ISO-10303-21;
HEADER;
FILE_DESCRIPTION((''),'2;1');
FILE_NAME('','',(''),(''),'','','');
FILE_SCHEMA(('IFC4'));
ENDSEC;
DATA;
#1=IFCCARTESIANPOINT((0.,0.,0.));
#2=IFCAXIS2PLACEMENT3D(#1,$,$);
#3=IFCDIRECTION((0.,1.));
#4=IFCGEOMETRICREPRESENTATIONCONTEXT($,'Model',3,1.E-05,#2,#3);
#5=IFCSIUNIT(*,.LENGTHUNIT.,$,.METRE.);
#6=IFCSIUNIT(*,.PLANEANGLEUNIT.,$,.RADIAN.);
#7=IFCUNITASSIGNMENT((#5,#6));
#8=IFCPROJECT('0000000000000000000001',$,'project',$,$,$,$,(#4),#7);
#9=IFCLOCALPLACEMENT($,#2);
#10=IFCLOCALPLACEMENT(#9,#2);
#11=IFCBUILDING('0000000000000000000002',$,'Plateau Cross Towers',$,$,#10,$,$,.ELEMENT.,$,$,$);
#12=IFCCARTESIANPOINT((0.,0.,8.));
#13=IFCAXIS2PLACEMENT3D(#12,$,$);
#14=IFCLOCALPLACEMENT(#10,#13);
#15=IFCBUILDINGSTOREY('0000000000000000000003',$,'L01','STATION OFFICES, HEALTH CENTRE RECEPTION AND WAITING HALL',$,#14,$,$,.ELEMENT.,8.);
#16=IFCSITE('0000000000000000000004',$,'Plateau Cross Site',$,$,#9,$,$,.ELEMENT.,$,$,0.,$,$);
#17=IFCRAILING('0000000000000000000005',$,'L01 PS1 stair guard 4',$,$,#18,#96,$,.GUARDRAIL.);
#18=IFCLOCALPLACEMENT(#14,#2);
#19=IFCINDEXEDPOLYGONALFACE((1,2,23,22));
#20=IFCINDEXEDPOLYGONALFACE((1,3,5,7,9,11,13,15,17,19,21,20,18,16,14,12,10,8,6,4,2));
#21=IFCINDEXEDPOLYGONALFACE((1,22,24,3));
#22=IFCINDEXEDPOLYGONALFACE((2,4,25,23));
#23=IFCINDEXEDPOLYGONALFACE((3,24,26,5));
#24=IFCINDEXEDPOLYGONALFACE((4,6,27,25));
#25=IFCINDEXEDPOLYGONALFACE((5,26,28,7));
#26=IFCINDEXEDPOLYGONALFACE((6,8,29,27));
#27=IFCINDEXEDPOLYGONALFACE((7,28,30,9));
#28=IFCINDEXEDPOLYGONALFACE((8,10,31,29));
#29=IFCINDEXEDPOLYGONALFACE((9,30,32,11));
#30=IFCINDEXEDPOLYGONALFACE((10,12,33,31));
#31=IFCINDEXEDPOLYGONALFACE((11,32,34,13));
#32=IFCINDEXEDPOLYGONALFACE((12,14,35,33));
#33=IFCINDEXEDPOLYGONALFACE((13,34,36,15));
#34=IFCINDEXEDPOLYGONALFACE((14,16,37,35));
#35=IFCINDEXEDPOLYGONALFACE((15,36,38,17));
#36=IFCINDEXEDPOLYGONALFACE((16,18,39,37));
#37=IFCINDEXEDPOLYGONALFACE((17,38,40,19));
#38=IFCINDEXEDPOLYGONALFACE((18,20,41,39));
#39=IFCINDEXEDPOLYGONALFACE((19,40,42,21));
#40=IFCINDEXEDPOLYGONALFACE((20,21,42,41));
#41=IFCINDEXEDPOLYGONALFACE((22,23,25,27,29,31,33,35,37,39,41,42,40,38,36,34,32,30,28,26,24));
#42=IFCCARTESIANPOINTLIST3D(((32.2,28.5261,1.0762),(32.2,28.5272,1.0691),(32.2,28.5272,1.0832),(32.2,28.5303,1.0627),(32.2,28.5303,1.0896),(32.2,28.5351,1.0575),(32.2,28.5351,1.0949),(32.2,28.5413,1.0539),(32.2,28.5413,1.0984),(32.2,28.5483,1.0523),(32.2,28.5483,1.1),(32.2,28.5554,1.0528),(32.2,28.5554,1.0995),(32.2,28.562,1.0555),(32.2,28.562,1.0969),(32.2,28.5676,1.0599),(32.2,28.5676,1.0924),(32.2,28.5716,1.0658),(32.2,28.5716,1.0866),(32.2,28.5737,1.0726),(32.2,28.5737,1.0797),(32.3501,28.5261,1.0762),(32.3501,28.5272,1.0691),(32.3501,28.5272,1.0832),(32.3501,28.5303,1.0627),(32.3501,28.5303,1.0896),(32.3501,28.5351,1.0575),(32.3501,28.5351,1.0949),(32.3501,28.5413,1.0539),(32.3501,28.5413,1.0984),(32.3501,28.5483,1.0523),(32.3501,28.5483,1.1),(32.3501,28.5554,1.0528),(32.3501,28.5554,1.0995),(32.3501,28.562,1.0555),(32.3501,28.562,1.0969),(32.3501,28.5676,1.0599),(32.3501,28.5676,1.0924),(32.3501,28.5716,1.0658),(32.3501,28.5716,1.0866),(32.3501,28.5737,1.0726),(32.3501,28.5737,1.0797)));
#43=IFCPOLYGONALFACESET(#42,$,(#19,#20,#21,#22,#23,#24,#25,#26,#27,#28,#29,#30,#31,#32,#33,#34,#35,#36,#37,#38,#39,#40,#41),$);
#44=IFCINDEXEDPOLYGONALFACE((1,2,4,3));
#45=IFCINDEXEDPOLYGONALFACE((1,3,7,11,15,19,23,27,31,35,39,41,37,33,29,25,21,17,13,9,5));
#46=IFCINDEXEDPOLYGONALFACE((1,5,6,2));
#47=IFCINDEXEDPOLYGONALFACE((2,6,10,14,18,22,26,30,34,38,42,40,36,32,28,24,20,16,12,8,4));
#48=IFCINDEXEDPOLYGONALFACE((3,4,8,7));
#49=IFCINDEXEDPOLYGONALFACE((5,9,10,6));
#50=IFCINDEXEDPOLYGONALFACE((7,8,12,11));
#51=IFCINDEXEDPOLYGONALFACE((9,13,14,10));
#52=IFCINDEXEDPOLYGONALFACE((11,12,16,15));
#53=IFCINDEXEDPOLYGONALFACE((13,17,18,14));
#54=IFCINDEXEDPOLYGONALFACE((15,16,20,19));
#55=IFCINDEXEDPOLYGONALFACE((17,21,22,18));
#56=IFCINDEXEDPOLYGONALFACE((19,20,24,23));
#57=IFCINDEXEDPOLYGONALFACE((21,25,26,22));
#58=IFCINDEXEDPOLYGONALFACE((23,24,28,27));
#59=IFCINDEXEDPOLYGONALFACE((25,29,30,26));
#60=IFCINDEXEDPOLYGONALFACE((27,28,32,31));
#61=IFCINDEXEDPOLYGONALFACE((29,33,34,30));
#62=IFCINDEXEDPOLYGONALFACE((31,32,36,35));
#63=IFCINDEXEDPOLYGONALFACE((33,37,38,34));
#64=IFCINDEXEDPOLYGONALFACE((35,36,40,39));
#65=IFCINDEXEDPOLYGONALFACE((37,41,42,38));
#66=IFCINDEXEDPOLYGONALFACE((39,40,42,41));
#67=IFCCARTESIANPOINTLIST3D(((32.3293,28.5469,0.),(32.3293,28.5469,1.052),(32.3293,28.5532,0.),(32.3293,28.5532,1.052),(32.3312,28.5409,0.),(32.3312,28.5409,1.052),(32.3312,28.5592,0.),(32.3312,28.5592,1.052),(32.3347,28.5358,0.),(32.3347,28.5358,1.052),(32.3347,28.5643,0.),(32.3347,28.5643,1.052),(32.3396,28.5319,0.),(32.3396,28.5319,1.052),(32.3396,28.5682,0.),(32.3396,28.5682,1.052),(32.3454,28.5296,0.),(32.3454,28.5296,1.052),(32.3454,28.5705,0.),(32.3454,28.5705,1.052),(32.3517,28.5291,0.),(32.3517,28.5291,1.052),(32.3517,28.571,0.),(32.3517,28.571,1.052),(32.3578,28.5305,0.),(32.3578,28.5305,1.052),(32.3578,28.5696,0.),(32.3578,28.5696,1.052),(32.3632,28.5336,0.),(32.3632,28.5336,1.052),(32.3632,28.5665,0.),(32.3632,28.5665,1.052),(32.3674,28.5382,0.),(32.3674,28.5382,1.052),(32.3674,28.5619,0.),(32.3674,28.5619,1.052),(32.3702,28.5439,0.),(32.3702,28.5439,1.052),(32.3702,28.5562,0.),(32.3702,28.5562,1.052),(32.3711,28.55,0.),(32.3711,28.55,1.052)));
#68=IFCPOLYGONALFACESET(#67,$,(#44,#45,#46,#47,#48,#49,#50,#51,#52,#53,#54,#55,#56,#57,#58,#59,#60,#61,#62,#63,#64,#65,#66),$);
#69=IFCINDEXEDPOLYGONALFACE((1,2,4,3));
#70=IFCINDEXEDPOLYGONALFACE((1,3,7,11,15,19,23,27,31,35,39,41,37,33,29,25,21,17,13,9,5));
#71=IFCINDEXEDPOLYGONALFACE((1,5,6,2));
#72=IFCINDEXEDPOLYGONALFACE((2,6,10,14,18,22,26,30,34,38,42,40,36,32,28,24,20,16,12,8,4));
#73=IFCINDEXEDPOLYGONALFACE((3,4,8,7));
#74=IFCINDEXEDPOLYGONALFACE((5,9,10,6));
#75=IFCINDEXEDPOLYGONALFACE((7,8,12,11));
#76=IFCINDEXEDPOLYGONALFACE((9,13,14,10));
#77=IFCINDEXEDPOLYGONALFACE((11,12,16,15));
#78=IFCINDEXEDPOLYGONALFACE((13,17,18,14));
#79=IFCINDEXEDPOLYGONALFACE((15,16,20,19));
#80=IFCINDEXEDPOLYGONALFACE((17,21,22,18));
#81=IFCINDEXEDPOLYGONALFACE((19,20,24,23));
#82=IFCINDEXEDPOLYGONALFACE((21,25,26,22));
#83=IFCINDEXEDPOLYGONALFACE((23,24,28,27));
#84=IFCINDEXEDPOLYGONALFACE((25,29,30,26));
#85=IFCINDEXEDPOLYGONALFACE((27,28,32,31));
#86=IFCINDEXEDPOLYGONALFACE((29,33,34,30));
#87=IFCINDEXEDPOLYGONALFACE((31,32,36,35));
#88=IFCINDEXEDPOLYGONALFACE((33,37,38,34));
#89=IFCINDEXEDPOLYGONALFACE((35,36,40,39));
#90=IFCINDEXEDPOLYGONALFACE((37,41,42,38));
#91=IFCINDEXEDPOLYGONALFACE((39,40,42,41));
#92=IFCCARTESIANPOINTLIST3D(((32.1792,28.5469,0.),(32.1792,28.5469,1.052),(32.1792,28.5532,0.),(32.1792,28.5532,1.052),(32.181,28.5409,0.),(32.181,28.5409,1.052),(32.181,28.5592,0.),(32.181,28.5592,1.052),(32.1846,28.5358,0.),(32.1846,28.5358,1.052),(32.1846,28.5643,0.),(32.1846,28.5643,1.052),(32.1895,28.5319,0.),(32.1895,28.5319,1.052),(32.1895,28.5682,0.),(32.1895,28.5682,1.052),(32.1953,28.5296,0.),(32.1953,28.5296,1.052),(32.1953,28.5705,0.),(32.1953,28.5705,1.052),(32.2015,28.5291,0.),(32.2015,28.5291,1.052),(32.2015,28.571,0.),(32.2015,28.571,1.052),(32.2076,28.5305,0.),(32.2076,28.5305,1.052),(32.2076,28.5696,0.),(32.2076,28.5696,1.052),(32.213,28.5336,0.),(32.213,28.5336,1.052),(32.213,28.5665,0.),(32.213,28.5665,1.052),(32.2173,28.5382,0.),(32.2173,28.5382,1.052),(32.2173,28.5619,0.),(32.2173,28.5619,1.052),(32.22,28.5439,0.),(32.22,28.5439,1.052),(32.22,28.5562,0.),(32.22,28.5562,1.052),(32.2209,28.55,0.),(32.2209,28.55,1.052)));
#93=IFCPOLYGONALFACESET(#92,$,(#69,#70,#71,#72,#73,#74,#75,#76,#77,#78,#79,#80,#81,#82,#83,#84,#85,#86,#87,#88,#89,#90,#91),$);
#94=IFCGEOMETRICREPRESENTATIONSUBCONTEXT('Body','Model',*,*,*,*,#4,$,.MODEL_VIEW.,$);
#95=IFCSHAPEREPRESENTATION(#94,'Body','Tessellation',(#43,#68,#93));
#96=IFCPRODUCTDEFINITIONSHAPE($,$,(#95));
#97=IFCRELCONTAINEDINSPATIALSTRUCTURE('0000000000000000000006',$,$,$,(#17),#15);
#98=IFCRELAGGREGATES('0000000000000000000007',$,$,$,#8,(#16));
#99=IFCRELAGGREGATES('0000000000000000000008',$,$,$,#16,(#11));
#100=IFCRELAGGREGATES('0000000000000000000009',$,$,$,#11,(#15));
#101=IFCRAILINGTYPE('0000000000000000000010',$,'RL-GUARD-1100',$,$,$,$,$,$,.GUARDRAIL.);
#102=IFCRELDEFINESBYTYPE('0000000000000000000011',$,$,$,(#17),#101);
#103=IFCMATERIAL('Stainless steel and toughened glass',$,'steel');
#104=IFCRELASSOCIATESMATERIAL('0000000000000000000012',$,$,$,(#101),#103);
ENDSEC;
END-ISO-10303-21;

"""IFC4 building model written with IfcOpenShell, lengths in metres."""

from ifc_helpers import new_model, si_unit, direction, frame, origin, origin_2d, place, context, subcontext, project, spatial, circle, extrude, material, type_object, element, save


model = new_model("IFC4")

# Units and contexts
model_context = context("Model", 3, precision=1e-05, world=origin(), true_north=direction((0.0, 1.0)))
body_context = subcontext(model_context, "Body", "Model", "MODEL_VIEW")
ifc_project = project(units=[si_unit("LENGTHUNIT", "METRE"), si_unit("PLANEANGLEUNIT", "RADIAN")], contexts=[model_context])

# Site, building, storey
site_placement = place(None, origin())
site = spatial("IfcSite", under=ifc_project, at=site_placement, Name="Plateau Cross Site", CompositionType="ELEMENT", RefElevation=0.0)
building_placement = place(site_placement, origin())
building = spatial("IfcBuilding", under=site, at=building_placement, Name="Plateau Cross Towers", CompositionType="ELEMENT")
storey_placement = place(building_placement, frame((0.0, 0.0, 8.0)))
storey = spatial("IfcBuildingStorey", under=building, at=storey_placement, Name="L01", Description="STATION OFFICES, HEALTH CENTRE RECEPTION AND WAITING HALL", CompositionType="ELEMENT", Elevation=8.0)

# Railing
ifc_material_1 = material(Name="Stainless steel and toughened glass", Category="steel")
railing_type_1 = type_object("IfcRailingType", Name="RL-GUARD-1100", PredefinedType="GUARDRAIL", material=ifc_material_1)
railing_1_placement = place(storey_placement, frame((32.3501, 28.55, 0.0)))
element("IfcRailing", 1, at=railing_1_placement, inside=storey, type_object=railing_type_1, Name="L01 PS1 stair guard 4", PredefinedType="GUARDRAIL", context=body_context, shape_type="SweptSolid", body=[
    extrude(circle(Radius=0.0239, at=origin_2d()), frame((0.0, 0.0, 1.0762), z_axis=(-1.0, 0.0, 0.0), x_axis=(0.0, -1.0, 0.0)), (0.0, 0.0, 1.0), 0.1501),
    extrude(circle(Radius=0.021, at=origin_2d()), origin(), (0.0, 0.0, 1.0), 1.052),
    extrude(circle(Radius=0.021, at=origin_2d()), frame((-0.1501, 0.0, 0.0)), (0.0, 0.0, 1.0), 1.052),
])

save(model, "model.ifc")
